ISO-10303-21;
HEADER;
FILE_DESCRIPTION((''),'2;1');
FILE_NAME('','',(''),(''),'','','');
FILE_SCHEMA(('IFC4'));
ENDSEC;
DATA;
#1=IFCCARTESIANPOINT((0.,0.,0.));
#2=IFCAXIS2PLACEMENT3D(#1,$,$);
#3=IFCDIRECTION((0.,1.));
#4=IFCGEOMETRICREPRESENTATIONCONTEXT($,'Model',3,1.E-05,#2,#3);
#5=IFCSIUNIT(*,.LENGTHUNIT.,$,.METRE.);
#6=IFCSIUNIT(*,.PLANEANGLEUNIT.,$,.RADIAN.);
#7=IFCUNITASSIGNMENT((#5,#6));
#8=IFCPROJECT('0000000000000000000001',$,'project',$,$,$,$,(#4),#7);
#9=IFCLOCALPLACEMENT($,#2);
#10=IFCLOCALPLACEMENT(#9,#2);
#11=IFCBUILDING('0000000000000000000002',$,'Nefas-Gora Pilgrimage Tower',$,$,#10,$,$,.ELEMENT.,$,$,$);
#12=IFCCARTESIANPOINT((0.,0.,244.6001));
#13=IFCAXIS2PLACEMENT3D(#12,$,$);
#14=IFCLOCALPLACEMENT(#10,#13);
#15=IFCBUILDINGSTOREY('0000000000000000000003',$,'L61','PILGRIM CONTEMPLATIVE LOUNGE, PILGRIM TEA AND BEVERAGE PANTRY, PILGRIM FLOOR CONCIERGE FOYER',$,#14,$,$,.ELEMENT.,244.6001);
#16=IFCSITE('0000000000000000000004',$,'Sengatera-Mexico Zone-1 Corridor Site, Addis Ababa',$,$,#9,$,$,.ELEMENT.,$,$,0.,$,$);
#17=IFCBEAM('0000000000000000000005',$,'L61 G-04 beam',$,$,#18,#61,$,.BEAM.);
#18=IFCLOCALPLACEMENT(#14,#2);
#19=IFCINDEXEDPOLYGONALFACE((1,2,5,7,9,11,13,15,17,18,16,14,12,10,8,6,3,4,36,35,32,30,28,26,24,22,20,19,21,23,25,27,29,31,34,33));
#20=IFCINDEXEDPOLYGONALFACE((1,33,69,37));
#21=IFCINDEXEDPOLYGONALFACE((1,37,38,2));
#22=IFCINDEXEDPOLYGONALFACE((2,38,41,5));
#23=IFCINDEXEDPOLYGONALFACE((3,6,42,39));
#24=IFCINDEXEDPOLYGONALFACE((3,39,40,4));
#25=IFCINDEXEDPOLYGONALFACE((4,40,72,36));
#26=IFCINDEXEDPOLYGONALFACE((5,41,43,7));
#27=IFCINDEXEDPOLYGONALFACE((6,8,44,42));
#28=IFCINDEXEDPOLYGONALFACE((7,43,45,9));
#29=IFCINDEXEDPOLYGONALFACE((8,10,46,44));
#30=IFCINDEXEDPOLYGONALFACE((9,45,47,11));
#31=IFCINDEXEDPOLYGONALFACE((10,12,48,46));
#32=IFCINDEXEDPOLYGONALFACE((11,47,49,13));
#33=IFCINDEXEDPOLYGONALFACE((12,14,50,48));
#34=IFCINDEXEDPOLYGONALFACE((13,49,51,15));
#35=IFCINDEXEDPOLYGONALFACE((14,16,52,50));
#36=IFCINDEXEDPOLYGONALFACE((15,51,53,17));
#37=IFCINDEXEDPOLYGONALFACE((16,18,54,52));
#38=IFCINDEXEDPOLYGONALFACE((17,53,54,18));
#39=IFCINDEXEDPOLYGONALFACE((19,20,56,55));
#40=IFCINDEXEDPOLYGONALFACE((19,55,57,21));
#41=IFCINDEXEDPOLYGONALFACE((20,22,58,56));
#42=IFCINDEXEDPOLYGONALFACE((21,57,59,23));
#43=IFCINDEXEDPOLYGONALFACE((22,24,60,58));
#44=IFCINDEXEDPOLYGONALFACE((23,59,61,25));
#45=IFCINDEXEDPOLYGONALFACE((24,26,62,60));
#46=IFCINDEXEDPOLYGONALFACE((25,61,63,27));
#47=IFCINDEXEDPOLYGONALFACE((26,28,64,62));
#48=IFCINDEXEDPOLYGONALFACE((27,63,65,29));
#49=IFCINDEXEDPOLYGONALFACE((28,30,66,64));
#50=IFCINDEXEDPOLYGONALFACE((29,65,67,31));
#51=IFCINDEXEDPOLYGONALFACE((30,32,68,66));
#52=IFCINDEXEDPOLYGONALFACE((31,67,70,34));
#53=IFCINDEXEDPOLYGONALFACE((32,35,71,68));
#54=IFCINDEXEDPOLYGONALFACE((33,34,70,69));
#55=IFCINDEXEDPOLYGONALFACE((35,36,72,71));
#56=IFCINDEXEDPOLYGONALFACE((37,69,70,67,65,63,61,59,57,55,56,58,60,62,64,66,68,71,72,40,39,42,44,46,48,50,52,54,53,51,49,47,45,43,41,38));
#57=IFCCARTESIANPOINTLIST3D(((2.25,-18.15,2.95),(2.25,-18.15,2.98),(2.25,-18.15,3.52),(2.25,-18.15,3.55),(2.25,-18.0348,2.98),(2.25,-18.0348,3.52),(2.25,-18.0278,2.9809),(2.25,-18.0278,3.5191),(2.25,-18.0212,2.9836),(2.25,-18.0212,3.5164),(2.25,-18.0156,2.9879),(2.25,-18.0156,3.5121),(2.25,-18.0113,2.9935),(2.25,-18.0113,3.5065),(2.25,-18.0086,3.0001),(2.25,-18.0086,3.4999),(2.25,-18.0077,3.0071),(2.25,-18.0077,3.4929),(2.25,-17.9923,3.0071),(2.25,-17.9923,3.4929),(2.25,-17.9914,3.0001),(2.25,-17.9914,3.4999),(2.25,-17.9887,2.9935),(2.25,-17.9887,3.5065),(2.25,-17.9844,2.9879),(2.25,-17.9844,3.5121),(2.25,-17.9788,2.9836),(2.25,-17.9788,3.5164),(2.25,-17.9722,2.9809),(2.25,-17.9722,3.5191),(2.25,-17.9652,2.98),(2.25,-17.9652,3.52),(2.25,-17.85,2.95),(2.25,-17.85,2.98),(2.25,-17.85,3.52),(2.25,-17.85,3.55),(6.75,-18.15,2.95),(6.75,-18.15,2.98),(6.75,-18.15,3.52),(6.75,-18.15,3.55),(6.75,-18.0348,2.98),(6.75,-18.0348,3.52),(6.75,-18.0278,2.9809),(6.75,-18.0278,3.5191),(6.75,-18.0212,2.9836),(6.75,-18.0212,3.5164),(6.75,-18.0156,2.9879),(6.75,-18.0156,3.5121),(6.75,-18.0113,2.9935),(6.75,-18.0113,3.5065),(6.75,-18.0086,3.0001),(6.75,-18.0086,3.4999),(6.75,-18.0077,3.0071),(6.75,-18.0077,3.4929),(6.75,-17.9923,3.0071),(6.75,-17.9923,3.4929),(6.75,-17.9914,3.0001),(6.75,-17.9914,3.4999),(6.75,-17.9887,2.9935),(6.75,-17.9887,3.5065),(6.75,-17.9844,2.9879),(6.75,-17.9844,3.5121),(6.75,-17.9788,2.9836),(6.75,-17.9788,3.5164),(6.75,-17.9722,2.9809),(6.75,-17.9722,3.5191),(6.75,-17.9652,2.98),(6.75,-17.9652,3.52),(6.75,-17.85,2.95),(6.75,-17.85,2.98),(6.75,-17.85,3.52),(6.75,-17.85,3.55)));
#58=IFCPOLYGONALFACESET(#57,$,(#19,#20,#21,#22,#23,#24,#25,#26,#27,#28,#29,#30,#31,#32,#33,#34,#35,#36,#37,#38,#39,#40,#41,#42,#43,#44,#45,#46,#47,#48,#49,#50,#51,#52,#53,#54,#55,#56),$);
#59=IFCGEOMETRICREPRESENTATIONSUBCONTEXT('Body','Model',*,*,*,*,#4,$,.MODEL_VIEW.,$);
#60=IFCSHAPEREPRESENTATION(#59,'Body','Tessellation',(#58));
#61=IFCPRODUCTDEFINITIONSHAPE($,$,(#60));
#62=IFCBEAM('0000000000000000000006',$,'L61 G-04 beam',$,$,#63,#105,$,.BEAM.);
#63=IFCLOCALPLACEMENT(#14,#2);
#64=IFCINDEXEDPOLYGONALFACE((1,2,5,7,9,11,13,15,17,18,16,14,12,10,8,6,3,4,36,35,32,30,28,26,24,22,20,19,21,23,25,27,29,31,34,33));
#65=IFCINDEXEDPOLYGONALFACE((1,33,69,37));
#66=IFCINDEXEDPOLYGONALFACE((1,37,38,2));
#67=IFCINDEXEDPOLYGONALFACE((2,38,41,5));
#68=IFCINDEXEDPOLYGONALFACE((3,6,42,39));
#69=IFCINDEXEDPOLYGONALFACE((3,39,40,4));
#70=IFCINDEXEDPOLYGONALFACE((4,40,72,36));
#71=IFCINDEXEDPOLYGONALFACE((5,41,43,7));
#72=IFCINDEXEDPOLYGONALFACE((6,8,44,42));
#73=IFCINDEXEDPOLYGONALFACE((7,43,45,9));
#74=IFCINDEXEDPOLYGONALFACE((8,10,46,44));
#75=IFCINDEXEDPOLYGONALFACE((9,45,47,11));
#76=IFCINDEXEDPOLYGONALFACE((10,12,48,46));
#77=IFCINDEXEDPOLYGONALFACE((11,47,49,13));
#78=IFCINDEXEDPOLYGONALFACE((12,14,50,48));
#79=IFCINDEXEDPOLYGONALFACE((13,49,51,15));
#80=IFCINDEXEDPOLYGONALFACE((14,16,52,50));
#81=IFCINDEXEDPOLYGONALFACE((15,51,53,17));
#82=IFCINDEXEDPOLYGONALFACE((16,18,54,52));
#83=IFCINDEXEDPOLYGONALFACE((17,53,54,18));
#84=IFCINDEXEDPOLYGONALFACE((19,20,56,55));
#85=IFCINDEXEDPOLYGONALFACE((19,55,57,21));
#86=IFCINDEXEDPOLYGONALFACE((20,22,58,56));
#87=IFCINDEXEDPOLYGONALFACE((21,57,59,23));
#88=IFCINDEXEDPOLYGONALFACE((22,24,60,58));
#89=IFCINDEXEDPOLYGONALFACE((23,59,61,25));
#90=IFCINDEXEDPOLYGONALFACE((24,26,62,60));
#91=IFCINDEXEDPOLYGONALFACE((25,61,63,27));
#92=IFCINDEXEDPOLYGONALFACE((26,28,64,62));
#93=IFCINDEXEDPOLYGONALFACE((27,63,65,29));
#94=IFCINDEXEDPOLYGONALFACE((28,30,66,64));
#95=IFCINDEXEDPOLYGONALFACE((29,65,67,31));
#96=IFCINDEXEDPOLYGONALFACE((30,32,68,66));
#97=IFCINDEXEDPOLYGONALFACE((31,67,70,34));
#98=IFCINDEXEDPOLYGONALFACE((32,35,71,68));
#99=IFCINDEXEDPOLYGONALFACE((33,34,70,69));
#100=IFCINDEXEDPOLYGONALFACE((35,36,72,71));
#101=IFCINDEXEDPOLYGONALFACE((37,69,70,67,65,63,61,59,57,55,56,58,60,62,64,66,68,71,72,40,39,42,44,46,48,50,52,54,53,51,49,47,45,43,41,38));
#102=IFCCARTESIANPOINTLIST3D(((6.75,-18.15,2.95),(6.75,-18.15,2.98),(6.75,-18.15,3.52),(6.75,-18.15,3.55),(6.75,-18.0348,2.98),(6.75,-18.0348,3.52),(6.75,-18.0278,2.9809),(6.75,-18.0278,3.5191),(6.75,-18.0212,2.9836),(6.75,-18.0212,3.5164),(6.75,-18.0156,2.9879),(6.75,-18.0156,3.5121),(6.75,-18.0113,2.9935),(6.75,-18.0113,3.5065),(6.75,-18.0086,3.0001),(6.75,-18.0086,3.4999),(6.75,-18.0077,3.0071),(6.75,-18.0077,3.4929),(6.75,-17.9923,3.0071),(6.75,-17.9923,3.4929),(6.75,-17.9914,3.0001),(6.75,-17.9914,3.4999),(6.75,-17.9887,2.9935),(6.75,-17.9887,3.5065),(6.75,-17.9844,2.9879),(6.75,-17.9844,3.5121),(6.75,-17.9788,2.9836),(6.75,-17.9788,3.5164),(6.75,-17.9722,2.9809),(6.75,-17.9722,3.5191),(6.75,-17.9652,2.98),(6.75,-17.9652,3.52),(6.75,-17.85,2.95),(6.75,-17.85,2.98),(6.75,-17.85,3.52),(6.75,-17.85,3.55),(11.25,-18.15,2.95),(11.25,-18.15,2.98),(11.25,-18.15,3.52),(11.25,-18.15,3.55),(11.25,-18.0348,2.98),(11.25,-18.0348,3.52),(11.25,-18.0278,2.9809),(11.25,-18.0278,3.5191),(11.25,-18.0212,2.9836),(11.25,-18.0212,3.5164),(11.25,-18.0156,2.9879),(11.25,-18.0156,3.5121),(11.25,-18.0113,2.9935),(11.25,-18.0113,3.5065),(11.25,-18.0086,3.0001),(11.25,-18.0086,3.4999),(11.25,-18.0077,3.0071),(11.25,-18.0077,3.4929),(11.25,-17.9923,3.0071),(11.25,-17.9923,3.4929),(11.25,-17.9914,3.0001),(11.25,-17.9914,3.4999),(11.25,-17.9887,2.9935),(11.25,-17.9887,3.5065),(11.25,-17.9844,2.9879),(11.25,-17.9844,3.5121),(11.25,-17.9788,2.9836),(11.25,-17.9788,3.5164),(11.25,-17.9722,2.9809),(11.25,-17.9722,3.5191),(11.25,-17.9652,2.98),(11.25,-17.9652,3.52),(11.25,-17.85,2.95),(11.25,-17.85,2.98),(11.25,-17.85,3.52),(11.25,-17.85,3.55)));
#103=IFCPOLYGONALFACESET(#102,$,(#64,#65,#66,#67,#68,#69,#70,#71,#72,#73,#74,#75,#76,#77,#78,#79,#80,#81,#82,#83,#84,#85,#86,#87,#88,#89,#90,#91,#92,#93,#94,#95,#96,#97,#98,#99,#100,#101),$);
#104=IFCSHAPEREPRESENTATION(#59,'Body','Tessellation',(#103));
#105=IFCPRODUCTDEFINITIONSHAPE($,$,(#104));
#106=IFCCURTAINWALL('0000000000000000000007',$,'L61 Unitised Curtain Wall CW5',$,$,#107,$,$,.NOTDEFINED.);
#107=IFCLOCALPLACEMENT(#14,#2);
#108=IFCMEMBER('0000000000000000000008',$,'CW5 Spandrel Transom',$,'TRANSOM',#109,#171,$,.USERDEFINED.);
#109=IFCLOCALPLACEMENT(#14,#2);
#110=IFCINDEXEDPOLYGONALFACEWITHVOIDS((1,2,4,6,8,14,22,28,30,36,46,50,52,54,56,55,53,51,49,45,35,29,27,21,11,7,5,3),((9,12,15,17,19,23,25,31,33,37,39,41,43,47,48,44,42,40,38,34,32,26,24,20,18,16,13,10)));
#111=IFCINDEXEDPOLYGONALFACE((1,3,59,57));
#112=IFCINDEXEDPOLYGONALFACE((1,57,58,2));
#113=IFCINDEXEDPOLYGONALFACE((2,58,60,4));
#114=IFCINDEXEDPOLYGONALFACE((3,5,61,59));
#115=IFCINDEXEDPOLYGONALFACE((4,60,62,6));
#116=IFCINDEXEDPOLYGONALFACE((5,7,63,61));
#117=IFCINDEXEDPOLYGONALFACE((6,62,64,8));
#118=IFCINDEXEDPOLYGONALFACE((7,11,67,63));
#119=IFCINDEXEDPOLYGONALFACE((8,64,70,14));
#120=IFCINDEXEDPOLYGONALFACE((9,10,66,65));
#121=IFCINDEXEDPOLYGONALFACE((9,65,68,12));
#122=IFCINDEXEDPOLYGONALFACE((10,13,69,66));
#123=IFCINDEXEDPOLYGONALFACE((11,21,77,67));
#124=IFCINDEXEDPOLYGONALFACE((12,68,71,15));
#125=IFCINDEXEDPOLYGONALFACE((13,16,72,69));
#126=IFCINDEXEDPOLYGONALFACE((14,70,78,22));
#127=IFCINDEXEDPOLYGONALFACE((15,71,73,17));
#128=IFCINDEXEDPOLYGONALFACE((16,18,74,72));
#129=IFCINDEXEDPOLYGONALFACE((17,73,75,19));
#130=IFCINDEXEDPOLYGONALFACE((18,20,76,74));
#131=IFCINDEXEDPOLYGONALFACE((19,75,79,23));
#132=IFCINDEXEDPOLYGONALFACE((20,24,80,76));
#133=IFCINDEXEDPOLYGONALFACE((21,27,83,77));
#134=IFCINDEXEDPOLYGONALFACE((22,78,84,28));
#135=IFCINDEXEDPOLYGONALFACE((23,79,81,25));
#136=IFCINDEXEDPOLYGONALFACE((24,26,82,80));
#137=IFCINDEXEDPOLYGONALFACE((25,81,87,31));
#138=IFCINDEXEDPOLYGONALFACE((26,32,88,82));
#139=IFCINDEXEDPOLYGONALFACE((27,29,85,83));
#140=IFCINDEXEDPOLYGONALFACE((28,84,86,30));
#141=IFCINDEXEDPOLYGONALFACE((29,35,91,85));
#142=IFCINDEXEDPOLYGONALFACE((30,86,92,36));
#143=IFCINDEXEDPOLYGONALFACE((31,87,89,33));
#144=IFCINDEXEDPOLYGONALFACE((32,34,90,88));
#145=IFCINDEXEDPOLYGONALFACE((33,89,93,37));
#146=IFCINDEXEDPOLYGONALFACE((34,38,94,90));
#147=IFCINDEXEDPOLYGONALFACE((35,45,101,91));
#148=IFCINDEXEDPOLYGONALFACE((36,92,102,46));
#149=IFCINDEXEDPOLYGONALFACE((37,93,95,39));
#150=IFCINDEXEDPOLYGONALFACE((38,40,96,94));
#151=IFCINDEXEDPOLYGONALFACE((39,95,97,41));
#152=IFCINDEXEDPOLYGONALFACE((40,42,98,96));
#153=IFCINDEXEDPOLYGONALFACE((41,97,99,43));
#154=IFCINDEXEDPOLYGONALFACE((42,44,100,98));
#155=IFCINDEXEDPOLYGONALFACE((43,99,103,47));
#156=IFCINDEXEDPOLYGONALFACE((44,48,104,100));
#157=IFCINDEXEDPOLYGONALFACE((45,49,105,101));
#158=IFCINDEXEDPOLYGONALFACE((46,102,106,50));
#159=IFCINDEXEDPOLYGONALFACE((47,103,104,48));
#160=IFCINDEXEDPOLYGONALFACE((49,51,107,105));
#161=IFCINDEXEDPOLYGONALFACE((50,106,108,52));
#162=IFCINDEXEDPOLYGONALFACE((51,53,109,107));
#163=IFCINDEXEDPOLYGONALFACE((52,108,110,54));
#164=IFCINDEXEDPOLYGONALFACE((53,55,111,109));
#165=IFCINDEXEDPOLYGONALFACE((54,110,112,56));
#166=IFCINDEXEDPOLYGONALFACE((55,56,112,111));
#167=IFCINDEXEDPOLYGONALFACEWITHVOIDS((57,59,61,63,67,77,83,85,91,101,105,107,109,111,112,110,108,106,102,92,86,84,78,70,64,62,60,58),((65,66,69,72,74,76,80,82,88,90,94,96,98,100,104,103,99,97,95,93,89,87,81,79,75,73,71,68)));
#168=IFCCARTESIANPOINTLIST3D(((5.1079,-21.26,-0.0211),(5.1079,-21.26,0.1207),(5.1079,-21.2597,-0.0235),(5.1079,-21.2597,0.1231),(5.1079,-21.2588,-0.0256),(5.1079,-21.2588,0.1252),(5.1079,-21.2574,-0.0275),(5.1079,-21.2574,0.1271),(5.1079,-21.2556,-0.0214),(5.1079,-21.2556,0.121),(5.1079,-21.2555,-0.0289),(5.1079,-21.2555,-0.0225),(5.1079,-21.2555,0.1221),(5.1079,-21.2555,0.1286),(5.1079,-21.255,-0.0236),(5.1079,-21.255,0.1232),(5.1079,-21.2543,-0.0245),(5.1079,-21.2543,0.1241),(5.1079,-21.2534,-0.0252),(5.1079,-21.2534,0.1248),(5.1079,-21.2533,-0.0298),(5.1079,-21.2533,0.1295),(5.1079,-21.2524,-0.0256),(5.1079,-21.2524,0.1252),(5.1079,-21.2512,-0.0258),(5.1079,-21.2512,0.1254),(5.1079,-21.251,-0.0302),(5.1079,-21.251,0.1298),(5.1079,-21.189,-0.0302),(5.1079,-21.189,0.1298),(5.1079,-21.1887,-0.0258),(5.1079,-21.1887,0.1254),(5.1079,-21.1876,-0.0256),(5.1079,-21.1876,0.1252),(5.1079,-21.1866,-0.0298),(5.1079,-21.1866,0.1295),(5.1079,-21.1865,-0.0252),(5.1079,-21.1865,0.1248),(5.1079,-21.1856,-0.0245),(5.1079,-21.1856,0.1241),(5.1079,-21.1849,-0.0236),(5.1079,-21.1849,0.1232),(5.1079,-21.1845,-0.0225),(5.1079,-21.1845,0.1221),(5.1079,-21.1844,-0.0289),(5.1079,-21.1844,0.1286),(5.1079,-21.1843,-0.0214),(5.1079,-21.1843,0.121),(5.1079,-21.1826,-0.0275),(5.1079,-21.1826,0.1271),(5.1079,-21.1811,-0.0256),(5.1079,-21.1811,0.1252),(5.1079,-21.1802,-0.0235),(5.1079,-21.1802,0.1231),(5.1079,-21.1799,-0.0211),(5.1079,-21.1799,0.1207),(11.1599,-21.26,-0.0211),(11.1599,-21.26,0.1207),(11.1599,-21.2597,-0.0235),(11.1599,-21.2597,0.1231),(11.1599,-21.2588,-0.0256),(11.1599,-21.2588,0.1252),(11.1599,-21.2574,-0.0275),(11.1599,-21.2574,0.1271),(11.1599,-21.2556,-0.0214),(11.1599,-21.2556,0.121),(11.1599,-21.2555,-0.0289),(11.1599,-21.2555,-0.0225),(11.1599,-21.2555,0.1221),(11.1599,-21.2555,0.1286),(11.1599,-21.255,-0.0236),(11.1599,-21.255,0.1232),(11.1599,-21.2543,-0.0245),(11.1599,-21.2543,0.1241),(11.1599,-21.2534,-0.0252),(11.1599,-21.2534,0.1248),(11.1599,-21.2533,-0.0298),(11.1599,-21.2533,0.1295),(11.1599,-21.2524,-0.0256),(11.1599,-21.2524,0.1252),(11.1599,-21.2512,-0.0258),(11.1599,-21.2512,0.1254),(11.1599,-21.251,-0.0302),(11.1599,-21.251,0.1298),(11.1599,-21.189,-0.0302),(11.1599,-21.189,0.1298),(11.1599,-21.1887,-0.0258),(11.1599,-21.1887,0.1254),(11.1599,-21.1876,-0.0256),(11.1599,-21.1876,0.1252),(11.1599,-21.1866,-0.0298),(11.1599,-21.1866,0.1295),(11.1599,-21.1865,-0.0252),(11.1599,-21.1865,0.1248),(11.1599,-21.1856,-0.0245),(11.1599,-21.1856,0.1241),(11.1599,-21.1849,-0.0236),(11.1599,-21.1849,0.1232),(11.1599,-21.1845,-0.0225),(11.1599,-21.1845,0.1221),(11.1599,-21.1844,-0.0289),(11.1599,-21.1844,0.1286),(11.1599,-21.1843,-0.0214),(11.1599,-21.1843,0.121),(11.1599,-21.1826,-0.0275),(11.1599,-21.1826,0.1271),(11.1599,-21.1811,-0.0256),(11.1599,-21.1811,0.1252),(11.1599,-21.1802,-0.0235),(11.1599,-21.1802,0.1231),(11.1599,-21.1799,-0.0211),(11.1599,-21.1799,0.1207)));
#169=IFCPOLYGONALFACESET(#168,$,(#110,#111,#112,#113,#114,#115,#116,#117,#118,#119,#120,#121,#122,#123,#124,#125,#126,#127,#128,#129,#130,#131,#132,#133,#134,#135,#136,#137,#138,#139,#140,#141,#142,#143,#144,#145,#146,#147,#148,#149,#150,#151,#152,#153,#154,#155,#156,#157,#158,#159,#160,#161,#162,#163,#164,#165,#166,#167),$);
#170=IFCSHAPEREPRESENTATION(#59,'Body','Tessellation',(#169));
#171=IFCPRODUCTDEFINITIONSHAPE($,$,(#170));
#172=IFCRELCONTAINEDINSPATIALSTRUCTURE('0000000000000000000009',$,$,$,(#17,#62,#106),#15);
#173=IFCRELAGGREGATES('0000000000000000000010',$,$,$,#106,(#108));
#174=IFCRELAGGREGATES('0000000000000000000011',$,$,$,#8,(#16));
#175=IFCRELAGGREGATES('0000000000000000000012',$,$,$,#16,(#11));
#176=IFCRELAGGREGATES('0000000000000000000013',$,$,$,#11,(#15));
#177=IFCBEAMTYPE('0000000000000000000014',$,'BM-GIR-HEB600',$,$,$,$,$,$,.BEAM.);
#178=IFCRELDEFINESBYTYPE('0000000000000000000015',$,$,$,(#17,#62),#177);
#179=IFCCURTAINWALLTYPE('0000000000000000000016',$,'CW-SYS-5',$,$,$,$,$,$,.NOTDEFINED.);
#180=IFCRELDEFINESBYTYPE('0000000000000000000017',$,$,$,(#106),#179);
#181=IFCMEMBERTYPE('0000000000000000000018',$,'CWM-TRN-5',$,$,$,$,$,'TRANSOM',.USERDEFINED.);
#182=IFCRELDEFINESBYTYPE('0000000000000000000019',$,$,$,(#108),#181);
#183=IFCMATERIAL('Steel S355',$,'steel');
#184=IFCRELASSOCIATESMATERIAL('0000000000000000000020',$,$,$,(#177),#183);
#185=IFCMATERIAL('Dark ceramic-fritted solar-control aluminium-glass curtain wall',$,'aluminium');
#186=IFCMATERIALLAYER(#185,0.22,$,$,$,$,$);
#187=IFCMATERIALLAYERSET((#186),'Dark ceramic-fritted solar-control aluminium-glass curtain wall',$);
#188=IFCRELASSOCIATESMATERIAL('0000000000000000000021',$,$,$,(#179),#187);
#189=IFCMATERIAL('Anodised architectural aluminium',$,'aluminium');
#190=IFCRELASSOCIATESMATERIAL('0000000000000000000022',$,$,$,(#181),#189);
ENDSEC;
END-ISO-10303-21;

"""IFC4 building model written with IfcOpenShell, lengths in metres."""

from ifc_helpers import new_model, si_unit, direction, frame, origin, origin_2d, place, context, subcontext, project, spatial, hollow_rectangle, i_section, extrude, source, transform, mapped, material, layer, layer_set, material_profile, profile_set, type_object, element, aggregate, save


model = new_model("IFC4")

# Units and contexts
model_context = context("Model", 3, precision=1e-05, world=origin(), true_north=direction((0.0, 1.0)))
body_context = subcontext(model_context, "Body", "Model", "MODEL_VIEW")
ifc_project = project(units=[si_unit("LENGTHUNIT", "METRE"), si_unit("PLANEANGLEUNIT", "RADIAN")], contexts=[model_context])

# Site, building, storey
site_placement = place(None, origin())
site = spatial("IfcSite", under=ifc_project, at=site_placement, Name="Sengatera-Mexico Zone-1 Corridor Site, Addis Ababa", CompositionType="ELEMENT", RefElevation=0.0)
building_placement = place(site_placement, origin())
building = spatial("IfcBuilding", under=site, at=building_placement, Name="Nefas-Gora Pilgrimage Tower", CompositionType="ELEMENT")
storey_placement = place(building_placement, frame((0.0, 0.0, 244.6001)))
storey = spatial("IfcBuildingStorey", under=building, at=storey_placement, Name="L61", Description="PILGRIM CONTEMPLATIVE LOUNGE, PILGRIM TEA AND BEVERAGE PANTRY, PILGRIM FLOOR CONCIERGE FOYER", CompositionType="ELEMENT", Elevation=244.6001)

# Beams
ifc_material_1 = material(Name="Steel S355", Category="steel")
ifc_material_profile_1 = material_profile(ifc_material_1, i_section(OverallWidth=0.3, OverallDepth=0.6001, WebThickness=0.0154, FlangeThickness=0.03, FilletRadius=0.0271, at=origin_2d()), Name="HEB 600")
ifc_profile_set_1 = profile_set([ifc_material_profile_1], Name="Steel S355")
beam_type = type_object("IfcBeamType", Name="BM-GIR-HEB600", PredefinedType="BEAM", material=ifc_profile_set_1)
shared_shape_1 = source(origin(), body_context, "Body", "SweptSolid", [
    extrude(i_section(OverallWidth=0.3, OverallDepth=0.6001, WebThickness=0.0154, FlangeThickness=0.03, FilletRadius=0.0271, at=origin_2d()), origin(), (0.0, 0.0, 1.0), 4.5),
])
for number, where, z_axis, x_axis, name in (
    (1, (2.25, -18.0, 3.25), (1.0, 0.0, 0.0), (0.0, 1.0, 0.0), "L61 G-04 beam"),
    (2, (6.75, -18.0, 3.25), (1.0, 0.0, 0.0), (0.0, 1.0, 0.0), "L61 G-04 beam"),
):
    element("IfcBeam", number, at=place(storey_placement, frame(where, z_axis=z_axis, x_axis=x_axis)), inside=storey, type_object=beam_type, Name=name, PredefinedType="BEAM", context=body_context, shape_type="MappedRepresentation", body=[
        mapped(shared_shape_1, transform((0.0, 0.0, 0.0), x_axis=(1.0, 0.0, 0.0), y_axis=(0.0, 1.0, 0.0), z_axis=(0.0, 0.0, 1.0), scale=1.0)),
    ])

# Curtain wall, member
ifc_material_2 = material(Name="Dark ceramic-fritted solar-control aluminium-glass curtain wall", Category="aluminium")
ifc_layer_1 = layer(ifc_material_2, 0.22)
ifc_layer_set_1 = layer_set([ifc_layer_1], Name="Dark ceramic-fritted solar-control aluminium-glass curtain wall")
curtain_wall_type = type_object("IfcCurtainWallType", Name="CW-SYS-5", PredefinedType="NOTDEFINED", material=ifc_layer_set_1)
curtain_wall_1_placement = place(storey_placement, origin())
curtain_wall_1 = element("IfcCurtainWall", 3, at=curtain_wall_1_placement, inside=storey, type_object=curtain_wall_type, Name="L61 Unitised Curtain Wall CW5", PredefinedType="NOTDEFINED")
ifc_material_3 = material(Name="Anodised architectural aluminium", Category="aluminium")
ifc_material_profile_2 = material_profile(ifc_material_3, hollow_rectangle(XDim=0.0801, YDim=0.1599, WallThickness=0.0044, InnerFilletRadius=0.0044, OuterFilletRadius=0.009, at=origin_2d()), Name="ALU TRANSOM 80x160")
ifc_profile_set_2 = profile_set([ifc_material_profile_2], Name="Anodised architectural aluminium")
member_type_1 = type_object("IfcMemberType", Name="CWM-TRN-5", ElementType="TRANSOM", PredefinedType="USERDEFINED", material=ifc_profile_set_2)
shared_shape_2 = source(origin(), body_context, "Body", "SweptSolid", [
    extrude(hollow_rectangle(XDim=0.0801, YDim=0.1599, WallThickness=0.0044, InnerFilletRadius=0.0044, OuterFilletRadius=0.009, at=origin_2d()), origin(), (0.0, 0.0, 1.0), 6.052),
])
member_1_placement = place(storey_placement, frame((5.1079, -21.22, 0.0498), z_axis=(1.0, 0.0, 0.0), x_axis=(0.0, 1.0, 0.0)))
member_1 = element("IfcMember", 4, at=member_1_placement, type_object=member_type_1, Name="CW5 Spandrel Transom", ObjectType="TRANSOM", PredefinedType="USERDEFINED", context=body_context, shape_type="MappedRepresentation", body=[
    mapped(shared_shape_2, transform((0.0, 0.0, 0.0), x_axis=(1.0, 0.0, 0.0), y_axis=(0.0, 1.0, 0.0), z_axis=(0.0, 0.0, 1.0), scale=1.0)),
])

aggregate(curtain_wall_1, [member_1])

save(model, "model.ifc")
